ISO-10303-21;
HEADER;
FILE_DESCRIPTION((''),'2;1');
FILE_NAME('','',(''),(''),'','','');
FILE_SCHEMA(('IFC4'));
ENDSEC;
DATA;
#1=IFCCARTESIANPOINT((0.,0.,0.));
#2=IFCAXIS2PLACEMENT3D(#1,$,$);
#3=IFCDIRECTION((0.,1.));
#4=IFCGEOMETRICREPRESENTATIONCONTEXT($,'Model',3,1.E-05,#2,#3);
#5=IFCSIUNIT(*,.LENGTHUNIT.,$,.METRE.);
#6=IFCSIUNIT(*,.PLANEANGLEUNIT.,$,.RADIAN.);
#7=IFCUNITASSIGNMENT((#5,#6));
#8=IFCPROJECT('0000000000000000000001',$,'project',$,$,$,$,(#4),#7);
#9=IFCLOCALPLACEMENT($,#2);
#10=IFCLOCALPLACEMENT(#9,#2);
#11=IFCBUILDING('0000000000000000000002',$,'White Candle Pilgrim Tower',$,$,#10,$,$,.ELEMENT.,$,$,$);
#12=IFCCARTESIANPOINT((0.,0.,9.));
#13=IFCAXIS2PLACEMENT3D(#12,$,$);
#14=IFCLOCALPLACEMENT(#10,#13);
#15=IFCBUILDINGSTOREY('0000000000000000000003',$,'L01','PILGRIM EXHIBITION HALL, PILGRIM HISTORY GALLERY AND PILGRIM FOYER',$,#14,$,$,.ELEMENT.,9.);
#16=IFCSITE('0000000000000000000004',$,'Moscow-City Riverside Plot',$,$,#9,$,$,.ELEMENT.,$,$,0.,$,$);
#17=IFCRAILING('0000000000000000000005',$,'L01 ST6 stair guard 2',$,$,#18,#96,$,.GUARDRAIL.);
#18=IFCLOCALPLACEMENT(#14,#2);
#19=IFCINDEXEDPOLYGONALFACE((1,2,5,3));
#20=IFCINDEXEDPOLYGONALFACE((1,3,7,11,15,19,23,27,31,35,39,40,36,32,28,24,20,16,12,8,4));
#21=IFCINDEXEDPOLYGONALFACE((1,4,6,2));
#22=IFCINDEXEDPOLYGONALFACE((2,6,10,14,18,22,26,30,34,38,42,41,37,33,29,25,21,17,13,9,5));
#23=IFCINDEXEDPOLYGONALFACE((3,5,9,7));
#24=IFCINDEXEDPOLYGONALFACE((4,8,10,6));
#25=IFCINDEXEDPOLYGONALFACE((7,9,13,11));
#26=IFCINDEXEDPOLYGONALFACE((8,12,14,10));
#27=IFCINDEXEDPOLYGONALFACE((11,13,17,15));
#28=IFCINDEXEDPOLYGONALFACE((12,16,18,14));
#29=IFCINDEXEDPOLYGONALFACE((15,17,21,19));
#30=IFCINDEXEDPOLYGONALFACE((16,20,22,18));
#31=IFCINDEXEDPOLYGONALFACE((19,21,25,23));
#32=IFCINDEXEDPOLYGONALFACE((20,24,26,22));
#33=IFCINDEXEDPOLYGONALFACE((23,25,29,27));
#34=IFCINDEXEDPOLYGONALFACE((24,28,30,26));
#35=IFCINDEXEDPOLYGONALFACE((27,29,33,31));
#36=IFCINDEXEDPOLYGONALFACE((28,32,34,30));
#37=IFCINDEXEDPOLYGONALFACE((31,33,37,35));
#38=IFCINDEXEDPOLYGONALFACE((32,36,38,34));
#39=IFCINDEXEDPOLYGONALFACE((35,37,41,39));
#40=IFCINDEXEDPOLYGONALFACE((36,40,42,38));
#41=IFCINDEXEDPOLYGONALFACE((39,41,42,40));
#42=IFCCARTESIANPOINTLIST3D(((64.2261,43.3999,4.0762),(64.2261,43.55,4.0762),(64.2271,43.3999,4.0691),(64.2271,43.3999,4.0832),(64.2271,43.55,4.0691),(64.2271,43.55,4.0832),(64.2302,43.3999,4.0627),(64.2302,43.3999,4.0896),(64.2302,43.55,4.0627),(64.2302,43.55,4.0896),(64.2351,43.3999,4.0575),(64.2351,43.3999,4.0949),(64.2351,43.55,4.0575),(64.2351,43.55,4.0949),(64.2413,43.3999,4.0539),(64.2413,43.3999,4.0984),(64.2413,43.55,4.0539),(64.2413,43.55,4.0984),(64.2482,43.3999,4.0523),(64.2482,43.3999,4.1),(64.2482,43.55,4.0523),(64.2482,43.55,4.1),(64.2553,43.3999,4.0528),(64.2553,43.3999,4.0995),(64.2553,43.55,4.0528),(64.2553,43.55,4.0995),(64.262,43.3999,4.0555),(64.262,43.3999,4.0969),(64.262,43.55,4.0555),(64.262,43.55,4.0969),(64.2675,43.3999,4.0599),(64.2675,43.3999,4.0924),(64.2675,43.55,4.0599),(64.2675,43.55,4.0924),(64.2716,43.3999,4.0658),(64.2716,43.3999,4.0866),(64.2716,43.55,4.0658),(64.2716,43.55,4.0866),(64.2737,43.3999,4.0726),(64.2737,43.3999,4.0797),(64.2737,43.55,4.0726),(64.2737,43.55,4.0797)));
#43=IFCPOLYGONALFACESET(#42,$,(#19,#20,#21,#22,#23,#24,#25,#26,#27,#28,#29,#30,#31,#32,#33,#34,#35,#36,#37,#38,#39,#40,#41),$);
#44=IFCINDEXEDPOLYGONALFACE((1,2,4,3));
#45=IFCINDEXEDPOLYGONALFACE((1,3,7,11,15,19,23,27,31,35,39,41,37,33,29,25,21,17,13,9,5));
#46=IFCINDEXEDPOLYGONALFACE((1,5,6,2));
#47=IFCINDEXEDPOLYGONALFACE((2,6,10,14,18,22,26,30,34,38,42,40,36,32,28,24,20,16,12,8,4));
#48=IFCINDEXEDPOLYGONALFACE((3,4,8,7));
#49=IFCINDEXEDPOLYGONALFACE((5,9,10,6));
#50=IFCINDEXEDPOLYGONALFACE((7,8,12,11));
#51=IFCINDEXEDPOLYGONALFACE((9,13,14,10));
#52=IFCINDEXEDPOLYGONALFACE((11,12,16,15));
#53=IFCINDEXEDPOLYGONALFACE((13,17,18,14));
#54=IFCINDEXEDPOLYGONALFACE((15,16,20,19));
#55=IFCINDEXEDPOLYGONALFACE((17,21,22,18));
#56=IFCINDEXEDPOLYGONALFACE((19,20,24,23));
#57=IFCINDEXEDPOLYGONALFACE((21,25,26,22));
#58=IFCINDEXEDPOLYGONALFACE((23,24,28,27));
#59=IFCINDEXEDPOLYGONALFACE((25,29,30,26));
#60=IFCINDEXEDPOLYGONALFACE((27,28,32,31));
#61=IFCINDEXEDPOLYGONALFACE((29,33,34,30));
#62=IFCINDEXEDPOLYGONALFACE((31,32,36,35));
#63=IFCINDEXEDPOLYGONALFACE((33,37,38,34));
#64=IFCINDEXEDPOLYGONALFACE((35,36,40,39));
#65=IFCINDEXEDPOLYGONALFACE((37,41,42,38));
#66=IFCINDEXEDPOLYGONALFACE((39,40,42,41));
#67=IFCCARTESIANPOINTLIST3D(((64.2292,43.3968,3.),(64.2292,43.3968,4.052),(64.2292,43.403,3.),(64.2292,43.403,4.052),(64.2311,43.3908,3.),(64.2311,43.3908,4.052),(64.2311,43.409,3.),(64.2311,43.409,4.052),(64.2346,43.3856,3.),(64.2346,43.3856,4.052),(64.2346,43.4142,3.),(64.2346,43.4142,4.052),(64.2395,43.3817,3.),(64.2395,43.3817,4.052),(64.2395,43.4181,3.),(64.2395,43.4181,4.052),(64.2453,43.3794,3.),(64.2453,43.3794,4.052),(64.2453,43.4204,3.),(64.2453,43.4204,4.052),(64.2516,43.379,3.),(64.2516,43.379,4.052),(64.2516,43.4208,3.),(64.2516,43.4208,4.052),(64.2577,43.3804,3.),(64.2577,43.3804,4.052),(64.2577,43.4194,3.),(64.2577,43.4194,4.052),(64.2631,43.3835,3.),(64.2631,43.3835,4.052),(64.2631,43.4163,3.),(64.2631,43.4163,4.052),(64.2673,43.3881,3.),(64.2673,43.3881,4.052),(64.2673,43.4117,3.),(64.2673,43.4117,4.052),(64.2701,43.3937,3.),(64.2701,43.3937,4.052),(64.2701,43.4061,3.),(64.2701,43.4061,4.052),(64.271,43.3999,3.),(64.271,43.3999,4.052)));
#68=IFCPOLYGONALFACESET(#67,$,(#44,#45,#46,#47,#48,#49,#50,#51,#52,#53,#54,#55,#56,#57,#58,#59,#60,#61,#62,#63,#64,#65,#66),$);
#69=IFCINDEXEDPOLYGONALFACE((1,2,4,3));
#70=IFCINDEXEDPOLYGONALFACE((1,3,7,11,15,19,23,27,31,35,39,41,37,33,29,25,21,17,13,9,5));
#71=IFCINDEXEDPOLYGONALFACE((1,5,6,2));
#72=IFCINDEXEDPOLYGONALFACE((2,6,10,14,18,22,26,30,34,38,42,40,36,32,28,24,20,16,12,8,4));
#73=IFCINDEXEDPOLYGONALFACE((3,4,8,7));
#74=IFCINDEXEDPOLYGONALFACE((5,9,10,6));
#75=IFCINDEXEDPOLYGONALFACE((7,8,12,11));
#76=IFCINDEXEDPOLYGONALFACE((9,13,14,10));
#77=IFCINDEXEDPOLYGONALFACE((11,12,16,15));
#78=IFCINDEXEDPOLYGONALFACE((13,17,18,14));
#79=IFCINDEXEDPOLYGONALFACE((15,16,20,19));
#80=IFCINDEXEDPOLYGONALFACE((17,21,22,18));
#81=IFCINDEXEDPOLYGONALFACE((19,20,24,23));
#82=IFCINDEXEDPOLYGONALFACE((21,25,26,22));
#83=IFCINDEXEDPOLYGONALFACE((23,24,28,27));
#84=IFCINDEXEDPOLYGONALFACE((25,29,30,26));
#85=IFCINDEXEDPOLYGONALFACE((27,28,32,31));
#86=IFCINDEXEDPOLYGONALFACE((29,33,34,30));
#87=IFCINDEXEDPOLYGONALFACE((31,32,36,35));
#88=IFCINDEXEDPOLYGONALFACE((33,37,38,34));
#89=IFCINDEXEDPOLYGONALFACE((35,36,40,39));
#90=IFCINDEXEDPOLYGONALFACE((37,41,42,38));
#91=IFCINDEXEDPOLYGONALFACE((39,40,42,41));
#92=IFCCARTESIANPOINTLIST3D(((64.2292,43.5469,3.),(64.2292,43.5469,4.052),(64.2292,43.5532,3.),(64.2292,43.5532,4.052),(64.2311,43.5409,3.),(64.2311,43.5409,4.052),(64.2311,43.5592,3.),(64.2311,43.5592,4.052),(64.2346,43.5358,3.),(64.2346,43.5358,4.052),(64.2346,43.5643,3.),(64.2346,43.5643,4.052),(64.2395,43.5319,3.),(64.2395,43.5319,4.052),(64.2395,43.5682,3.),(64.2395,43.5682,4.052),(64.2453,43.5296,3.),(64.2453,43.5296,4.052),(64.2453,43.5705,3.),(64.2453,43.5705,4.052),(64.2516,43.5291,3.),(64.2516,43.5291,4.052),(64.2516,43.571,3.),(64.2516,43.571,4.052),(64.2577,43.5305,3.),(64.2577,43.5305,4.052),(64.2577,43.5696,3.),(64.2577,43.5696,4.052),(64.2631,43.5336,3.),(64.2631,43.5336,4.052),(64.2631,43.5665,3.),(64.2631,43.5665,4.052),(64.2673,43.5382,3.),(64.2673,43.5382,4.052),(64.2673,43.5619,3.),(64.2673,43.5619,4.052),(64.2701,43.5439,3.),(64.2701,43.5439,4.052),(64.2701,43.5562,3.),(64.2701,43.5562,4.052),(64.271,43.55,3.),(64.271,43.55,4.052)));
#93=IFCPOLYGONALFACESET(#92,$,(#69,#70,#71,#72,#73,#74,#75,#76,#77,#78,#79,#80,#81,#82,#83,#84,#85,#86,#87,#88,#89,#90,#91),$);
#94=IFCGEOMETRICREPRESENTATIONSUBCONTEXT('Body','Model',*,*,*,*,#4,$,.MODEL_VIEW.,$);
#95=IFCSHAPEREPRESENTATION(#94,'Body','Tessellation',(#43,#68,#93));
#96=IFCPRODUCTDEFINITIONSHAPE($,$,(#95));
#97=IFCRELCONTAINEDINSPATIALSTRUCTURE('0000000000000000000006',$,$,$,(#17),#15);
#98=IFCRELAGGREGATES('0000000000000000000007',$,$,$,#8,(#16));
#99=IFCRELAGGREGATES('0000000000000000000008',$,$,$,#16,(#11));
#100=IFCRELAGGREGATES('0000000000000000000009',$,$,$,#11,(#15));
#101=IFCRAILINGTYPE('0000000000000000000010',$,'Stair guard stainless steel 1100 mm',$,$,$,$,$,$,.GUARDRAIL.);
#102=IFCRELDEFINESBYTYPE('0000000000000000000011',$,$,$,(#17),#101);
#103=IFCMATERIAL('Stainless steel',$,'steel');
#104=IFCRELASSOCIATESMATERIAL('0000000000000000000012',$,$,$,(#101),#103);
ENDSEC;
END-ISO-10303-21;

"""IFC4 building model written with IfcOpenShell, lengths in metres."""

from ifc_helpers import new_model, si_unit, direction, frame, origin, origin_2d, place, context, subcontext, project, spatial, circle, extrude, material, type_object, element, save


model = new_model("IFC4")

# Units and contexts
model_context = context("Model", 3, precision=1e-05, world=origin(), true_north=direction((0.0, 1.0)))
body_context = subcontext(model_context, "Body", "Model", "MODEL_VIEW")
ifc_project = project(units=[si_unit("LENGTHUNIT", "METRE"), si_unit("PLANEANGLEUNIT", "RADIAN")], contexts=[model_context])

# Site, building, storey
site_placement = place(None, origin())
site = spatial("IfcSite", under=ifc_project, at=site_placement, Name="Moscow-City Riverside Plot", CompositionType="ELEMENT", RefElevation=0.0)
building_placement = place(site_placement, origin())
building = spatial("IfcBuilding", under=site, at=building_placement, Name="White Candle Pilgrim Tower", CompositionType="ELEMENT")
storey_placement = place(building_placement, frame((0.0, 0.0, 9.0)))
storey = spatial("IfcBuildingStorey", under=building, at=storey_placement, Name="L01", Description="PILGRIM EXHIBITION HALL, PILGRIM HISTORY GALLERY AND PILGRIM FOYER", CompositionType="ELEMENT", Elevation=9.0)

# Railing
ifc_material_1 = material(Name="Stainless steel", Category="steel")
railing_type_1 = type_object("IfcRailingType", Name="Stair guard stainless steel 1100 mm", PredefinedType="GUARDRAIL", material=ifc_material_1)
railing_1_placement = place(storey_placement, frame((64.25, 43.3999, 3.0)))
element("IfcRailing", 1, at=railing_1_placement, inside=storey, type_object=railing_type_1, Name="L01 ST6 stair guard 2", PredefinedType="GUARDRAIL", context=body_context, shape_type="SweptSolid", body=[
    extrude(circle(Radius=0.0239, at=origin_2d()), frame((0.0, 0.0, 1.0762), z_axis=(0.0, 1.0, 0.0), x_axis=(-1.0, 0.0, 0.0)), (0.0, 0.0, 1.0), 0.1501),
    extrude(circle(Radius=0.021, at=origin_2d()), origin(), (0.0, 0.0, 1.0), 1.052),
    extrude(circle(Radius=0.021, at=origin_2d()), frame((0.0, 0.1501, 0.0)), (0.0, 0.0, 1.0), 1.052),
])

save(model, "model.ifc")
